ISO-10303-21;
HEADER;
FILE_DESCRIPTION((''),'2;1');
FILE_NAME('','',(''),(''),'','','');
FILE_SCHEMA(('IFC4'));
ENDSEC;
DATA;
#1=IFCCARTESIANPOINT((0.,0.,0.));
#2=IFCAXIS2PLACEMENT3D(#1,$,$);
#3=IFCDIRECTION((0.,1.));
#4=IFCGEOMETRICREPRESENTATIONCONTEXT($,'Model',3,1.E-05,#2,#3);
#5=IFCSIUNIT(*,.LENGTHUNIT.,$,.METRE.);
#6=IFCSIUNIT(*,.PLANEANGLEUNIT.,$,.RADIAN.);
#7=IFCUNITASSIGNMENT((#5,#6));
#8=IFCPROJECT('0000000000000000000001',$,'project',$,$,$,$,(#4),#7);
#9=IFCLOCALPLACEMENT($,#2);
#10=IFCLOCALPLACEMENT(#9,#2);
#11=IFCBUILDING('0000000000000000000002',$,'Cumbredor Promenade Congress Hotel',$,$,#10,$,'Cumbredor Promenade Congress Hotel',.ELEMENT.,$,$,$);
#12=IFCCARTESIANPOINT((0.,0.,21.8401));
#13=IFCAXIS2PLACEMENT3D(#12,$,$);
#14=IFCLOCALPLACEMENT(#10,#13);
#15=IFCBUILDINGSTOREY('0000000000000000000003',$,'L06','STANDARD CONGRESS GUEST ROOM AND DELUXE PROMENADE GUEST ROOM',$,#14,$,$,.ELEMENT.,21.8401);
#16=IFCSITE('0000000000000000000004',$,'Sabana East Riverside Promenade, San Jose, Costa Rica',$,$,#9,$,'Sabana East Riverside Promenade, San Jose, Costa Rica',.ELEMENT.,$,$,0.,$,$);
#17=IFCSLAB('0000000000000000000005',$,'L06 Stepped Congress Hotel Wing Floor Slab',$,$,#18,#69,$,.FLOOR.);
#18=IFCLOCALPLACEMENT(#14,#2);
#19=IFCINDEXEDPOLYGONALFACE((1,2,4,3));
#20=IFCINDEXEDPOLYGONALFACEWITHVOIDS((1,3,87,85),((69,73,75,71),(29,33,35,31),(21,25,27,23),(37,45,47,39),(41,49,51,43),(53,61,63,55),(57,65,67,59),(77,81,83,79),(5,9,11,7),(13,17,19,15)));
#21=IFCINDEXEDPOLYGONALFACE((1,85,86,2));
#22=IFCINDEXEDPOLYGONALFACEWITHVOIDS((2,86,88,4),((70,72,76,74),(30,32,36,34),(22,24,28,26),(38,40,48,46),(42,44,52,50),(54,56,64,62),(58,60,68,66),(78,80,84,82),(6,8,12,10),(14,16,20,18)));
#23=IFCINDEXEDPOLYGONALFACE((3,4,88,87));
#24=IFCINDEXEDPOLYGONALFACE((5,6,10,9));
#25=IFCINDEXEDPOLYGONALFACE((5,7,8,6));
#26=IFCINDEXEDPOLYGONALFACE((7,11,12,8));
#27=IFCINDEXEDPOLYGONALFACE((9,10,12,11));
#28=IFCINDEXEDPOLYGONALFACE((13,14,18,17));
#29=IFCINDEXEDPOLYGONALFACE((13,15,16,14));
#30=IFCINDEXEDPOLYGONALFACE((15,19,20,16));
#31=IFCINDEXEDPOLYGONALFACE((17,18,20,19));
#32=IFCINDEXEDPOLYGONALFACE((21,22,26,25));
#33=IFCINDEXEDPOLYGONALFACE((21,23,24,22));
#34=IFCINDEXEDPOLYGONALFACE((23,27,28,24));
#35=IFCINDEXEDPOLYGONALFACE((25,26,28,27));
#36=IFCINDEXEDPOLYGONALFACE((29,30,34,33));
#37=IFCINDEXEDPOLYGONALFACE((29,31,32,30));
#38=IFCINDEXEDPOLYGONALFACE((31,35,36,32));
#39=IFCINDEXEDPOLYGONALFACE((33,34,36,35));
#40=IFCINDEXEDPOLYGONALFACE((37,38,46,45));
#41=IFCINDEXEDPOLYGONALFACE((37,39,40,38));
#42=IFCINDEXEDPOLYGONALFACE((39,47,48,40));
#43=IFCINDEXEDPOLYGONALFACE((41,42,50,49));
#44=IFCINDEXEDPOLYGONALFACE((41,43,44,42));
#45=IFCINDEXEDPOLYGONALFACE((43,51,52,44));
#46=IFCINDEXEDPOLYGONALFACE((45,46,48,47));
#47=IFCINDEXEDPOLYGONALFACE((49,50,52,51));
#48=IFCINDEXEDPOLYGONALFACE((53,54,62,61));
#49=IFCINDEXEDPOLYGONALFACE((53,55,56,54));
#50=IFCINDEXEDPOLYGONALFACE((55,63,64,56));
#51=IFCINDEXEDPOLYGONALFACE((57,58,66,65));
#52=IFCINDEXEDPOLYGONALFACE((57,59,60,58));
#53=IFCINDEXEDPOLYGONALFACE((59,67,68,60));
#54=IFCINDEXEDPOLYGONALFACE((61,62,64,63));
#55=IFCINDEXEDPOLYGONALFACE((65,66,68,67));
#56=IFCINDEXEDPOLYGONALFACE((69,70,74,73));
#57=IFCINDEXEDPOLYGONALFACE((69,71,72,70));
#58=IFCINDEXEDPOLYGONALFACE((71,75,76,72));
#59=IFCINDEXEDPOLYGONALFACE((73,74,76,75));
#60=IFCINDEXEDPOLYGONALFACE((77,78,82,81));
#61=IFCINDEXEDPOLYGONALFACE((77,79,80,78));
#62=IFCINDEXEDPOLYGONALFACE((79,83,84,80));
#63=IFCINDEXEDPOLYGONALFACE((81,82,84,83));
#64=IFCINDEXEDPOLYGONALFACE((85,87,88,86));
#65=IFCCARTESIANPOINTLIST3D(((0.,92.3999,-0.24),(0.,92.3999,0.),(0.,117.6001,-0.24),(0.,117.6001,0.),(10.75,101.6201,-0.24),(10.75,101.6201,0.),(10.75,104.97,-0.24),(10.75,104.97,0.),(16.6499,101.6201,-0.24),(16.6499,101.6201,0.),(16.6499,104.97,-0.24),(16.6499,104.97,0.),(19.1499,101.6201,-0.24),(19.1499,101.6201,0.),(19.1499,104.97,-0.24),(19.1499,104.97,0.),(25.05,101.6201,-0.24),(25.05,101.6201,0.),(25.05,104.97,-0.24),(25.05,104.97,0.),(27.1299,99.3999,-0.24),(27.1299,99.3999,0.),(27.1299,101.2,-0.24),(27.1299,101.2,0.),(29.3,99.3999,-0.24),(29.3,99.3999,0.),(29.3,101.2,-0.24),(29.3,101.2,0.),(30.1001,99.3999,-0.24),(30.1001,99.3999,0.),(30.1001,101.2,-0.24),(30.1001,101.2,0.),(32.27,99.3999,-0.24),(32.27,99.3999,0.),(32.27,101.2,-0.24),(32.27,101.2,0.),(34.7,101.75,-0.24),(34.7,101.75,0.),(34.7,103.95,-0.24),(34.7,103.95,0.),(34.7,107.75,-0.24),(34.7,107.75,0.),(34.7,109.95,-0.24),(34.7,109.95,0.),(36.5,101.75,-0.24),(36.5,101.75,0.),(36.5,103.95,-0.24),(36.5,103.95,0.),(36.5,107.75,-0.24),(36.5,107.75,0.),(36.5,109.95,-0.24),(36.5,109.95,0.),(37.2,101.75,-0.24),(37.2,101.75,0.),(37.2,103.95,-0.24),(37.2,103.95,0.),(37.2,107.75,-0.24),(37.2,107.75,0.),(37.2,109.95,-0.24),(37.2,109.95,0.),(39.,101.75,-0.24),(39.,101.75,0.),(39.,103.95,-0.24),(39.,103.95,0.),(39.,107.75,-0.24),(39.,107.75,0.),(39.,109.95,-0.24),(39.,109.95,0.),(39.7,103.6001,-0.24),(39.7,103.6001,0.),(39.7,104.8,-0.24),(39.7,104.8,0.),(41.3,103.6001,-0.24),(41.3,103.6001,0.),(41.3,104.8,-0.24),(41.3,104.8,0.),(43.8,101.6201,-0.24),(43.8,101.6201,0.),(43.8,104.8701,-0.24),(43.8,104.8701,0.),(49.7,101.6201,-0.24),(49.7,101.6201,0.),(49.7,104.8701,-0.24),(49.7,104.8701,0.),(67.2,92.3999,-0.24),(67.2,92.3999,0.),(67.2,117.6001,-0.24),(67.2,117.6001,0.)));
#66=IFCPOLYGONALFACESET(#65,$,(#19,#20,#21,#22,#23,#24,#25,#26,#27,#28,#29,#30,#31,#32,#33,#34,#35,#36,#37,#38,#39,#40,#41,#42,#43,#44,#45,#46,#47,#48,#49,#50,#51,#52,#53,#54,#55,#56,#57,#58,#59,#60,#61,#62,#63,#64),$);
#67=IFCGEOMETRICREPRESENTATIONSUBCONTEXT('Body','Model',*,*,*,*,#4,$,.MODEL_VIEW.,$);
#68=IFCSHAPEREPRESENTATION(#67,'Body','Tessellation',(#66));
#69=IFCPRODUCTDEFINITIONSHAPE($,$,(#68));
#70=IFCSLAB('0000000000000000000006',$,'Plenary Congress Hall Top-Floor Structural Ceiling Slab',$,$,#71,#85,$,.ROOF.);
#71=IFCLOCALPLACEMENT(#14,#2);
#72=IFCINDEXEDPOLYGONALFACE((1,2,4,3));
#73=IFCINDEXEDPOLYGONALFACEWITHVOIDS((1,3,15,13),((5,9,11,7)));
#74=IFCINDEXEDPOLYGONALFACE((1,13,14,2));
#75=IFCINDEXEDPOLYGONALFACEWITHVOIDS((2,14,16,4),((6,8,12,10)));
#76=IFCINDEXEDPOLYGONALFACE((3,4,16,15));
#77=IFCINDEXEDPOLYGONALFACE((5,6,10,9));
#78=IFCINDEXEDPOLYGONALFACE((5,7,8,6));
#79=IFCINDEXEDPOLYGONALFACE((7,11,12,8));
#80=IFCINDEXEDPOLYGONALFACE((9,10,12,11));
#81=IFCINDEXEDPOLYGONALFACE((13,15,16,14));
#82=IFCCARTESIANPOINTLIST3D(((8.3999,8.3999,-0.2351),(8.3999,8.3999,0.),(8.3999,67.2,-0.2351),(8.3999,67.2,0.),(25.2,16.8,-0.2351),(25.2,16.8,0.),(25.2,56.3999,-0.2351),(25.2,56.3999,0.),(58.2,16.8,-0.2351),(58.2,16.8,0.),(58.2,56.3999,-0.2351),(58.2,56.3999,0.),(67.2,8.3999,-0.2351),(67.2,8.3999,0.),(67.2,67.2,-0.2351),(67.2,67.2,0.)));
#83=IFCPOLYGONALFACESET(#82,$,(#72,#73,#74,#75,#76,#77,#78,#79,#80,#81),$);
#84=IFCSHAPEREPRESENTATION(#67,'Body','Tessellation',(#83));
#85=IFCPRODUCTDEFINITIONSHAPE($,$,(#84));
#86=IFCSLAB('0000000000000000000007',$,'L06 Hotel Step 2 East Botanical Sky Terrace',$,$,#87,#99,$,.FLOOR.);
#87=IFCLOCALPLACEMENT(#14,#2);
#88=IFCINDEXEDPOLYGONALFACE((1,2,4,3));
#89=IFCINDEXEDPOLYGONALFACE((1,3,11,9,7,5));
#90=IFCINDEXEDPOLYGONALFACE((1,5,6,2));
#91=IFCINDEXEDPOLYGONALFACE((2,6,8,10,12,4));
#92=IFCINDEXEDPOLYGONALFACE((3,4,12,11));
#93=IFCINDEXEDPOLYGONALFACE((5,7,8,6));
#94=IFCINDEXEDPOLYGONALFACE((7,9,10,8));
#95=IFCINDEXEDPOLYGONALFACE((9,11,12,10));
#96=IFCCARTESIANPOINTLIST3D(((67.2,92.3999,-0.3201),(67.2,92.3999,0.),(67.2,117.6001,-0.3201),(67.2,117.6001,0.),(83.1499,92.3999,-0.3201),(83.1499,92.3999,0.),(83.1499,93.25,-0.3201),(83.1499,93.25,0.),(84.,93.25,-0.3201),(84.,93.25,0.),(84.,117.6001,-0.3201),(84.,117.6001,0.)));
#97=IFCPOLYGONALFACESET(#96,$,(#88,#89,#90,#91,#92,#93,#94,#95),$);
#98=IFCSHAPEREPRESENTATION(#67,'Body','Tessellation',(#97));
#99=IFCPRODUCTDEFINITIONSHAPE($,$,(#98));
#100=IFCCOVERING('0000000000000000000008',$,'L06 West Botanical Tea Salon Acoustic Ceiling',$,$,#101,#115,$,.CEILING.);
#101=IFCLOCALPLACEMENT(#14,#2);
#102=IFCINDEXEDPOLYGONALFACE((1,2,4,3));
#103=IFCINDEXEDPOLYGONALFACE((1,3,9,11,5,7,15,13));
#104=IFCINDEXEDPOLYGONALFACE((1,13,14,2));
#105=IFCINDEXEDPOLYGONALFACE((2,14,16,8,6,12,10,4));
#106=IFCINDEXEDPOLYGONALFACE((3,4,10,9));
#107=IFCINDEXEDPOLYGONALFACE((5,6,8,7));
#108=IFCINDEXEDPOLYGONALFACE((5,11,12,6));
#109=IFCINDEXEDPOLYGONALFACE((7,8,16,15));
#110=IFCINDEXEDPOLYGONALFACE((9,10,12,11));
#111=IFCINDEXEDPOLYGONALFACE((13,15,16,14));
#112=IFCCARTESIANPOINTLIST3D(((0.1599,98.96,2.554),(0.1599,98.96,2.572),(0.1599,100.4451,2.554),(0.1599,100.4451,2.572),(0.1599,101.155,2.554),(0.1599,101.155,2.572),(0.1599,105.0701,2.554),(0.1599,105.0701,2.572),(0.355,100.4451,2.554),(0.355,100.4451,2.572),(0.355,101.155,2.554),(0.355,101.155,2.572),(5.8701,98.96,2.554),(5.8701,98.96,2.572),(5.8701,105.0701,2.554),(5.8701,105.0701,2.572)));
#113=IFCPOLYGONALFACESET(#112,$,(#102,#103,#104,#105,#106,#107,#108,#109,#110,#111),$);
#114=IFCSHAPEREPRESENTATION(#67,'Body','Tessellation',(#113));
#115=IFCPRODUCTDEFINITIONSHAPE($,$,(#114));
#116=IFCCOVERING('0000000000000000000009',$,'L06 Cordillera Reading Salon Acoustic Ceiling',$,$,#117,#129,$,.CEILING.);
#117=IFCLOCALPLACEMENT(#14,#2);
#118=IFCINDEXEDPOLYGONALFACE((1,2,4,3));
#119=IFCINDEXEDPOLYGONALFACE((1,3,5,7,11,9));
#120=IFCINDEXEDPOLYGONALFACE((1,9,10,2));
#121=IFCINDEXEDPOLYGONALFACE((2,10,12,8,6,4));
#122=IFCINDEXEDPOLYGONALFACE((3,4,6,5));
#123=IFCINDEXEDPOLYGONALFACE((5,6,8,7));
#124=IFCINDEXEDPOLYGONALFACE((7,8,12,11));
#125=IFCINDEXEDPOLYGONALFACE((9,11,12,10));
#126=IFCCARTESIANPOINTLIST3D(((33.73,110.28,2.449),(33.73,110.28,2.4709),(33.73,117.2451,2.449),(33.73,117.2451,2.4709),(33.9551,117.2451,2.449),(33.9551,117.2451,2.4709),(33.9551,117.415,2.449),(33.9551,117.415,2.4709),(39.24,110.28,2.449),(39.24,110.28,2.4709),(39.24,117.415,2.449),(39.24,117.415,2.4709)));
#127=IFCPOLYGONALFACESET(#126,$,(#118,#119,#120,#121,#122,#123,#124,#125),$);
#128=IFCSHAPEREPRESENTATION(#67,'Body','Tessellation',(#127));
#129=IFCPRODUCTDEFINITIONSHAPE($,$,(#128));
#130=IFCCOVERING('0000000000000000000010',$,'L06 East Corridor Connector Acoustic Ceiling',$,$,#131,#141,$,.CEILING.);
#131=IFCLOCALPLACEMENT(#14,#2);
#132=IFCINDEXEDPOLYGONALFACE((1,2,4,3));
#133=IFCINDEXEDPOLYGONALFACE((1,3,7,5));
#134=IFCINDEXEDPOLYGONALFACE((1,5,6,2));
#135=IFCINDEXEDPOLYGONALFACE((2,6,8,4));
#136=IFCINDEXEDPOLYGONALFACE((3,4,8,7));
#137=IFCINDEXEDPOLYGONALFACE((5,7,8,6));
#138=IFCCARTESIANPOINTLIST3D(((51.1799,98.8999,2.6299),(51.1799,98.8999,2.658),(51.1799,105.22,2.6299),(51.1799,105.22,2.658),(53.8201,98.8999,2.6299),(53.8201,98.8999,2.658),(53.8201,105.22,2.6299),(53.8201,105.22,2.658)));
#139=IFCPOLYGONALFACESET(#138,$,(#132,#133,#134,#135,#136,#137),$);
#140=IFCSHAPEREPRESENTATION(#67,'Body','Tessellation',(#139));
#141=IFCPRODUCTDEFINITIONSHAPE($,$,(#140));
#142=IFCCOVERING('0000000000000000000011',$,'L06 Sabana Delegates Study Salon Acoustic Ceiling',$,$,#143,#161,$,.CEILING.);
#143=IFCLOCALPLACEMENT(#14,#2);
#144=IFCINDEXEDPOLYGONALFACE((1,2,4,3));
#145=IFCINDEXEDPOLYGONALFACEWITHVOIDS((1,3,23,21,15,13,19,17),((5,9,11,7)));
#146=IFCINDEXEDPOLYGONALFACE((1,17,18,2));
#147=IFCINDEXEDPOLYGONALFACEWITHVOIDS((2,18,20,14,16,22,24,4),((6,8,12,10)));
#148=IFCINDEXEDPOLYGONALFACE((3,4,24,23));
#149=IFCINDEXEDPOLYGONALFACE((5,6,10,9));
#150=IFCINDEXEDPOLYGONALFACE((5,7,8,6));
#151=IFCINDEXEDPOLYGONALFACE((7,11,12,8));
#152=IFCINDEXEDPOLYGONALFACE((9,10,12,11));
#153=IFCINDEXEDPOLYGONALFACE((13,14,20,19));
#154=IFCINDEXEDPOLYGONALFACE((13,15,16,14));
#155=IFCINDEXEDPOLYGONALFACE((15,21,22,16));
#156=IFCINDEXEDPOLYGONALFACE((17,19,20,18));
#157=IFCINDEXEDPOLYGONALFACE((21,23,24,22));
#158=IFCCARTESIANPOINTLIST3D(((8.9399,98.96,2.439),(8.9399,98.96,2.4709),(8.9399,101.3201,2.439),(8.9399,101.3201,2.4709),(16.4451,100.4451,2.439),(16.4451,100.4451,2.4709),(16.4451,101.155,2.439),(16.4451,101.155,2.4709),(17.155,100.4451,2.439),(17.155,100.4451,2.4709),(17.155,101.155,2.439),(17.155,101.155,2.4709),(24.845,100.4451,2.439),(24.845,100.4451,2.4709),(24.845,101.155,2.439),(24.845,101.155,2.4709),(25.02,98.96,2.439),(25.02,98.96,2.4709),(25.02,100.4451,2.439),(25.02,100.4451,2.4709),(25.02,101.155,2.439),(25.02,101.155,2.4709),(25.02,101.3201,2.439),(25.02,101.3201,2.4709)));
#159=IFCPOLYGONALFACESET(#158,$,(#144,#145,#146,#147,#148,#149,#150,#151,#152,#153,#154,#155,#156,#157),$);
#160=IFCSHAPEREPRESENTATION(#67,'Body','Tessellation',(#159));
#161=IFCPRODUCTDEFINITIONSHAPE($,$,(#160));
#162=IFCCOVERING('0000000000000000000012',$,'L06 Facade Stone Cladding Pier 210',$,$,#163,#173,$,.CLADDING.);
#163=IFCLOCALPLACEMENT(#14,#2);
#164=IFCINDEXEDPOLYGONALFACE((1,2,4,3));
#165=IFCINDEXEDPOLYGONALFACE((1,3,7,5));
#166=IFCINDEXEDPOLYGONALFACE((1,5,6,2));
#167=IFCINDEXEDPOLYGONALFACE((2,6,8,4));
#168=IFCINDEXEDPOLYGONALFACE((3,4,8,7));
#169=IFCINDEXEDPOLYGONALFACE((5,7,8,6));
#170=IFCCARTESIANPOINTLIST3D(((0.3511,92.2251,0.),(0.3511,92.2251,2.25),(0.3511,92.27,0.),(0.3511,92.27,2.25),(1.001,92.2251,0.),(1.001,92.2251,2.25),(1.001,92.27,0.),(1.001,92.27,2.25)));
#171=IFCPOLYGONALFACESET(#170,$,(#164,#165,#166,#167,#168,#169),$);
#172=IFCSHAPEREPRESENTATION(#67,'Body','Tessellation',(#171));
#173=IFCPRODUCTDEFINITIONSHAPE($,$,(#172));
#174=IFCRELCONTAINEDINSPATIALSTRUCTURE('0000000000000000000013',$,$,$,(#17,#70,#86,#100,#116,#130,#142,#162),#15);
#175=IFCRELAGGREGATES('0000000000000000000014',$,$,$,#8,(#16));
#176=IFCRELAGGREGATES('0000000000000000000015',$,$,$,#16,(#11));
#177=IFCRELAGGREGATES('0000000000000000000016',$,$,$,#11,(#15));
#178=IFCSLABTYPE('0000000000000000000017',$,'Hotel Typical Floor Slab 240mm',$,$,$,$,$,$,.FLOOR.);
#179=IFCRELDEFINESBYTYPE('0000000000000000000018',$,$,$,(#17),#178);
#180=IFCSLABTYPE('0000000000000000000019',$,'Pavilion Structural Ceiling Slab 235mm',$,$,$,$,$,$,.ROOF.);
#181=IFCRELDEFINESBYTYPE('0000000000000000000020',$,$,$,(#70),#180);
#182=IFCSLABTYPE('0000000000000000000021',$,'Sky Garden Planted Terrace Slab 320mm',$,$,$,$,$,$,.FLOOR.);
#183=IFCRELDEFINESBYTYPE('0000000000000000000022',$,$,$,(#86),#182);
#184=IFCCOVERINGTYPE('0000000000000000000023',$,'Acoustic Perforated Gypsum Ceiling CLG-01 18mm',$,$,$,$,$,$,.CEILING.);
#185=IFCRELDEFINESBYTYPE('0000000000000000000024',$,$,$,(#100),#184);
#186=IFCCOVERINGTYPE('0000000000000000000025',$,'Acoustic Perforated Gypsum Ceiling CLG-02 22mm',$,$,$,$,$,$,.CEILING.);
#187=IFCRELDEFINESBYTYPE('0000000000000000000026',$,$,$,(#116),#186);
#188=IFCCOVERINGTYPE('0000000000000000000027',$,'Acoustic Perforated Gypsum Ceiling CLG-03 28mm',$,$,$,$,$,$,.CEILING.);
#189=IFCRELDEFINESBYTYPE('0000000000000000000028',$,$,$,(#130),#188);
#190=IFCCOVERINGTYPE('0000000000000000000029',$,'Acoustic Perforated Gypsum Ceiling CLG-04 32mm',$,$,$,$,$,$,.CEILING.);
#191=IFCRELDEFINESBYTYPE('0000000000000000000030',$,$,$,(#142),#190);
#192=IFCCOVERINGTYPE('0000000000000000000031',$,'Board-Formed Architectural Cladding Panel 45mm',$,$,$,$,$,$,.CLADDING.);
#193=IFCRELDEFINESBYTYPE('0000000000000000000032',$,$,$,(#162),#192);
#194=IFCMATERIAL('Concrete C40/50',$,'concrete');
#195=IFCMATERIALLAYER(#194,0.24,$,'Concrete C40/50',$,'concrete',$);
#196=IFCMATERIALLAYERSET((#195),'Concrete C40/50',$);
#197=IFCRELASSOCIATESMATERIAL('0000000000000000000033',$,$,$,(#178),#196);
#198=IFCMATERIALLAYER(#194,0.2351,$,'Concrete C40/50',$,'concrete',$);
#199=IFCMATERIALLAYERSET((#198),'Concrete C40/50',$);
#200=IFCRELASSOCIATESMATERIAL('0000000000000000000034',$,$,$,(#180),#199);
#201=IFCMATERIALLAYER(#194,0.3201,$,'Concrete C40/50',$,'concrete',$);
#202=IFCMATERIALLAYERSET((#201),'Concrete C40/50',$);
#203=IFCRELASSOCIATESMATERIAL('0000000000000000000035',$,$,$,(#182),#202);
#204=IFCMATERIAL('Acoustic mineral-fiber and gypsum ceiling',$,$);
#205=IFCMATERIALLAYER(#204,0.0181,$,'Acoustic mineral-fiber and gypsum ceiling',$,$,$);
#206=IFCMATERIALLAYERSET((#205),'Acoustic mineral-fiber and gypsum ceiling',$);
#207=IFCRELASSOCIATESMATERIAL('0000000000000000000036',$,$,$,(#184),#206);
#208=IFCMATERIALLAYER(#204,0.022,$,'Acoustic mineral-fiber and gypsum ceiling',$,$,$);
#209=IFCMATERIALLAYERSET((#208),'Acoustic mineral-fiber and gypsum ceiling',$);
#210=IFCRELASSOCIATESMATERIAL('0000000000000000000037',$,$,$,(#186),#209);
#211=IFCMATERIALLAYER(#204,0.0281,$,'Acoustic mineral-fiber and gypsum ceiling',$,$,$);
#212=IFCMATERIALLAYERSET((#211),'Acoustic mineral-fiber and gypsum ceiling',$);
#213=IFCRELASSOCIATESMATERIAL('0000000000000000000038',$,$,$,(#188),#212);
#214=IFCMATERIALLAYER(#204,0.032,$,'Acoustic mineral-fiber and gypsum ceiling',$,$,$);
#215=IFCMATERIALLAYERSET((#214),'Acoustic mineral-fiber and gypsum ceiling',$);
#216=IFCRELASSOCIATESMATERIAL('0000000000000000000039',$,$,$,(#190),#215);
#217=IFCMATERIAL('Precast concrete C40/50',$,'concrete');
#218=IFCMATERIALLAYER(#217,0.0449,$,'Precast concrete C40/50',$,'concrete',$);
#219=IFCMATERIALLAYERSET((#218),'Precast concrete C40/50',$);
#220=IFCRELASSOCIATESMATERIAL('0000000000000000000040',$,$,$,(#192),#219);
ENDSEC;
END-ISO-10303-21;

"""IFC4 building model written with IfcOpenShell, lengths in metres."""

from ifc_helpers import new_model, si_unit, direction, frame, origin, place, context, subcontext, project, spatial, polyline, outline, extrude, material, layer, layer_set, type_object, element, save


model = new_model("IFC4")

# Units and contexts
model_context = context("Model", 3, precision=1e-05, world=origin(), true_north=direction((0.0, 1.0)))
body_context = subcontext(model_context, "Body", "Model", "MODEL_VIEW")
ifc_project = project(units=[si_unit("LENGTHUNIT", "METRE"), si_unit("PLANEANGLEUNIT", "RADIAN")], contexts=[model_context])

# Site, building, storey
site_placement = place(None, origin())
site = spatial("IfcSite", under=ifc_project, at=site_placement, Name="Sabana East Riverside Promenade, San Jose, Costa Rica", LongName="Sabana East Riverside Promenade, San Jose, Costa Rica", CompositionType="ELEMENT", RefElevation=0.0)
building_placement = place(site_placement, origin())
building = spatial("IfcBuilding", under=site, at=building_placement, Name="Cumbredor Promenade Congress Hotel", LongName="Cumbredor Promenade Congress Hotel", CompositionType="ELEMENT")
storey_placement = place(building_placement, frame((0.0, 0.0, 21.8401)))
storey = spatial("IfcBuildingStorey", under=building, at=storey_placement, Name="L06", Description="STANDARD CONGRESS GUEST ROOM AND DELUXE PROMENADE GUEST ROOM", CompositionType="ELEMENT", Elevation=21.8401)

# Shared definitions
ifc_material_1 = material(Name="Concrete C40/50", Category="concrete")

# Slabs
ifc_layer_1 = layer(ifc_material_1, 0.24, Name="Concrete C40/50", Category="concrete")
ifc_layer_set_1 = layer_set([ifc_layer_1], Name="Concrete C40/50")
slab_type_1 = type_object("IfcSlabType", Name="Hotel Typical Floor Slab 240mm", PredefinedType="FLOOR", material=ifc_layer_set_1)
slab_1_placement = place(storey_placement, frame((0.0, 0.0, -0.24)))
element("IfcSlab", 1, at=slab_1_placement, inside=storey, type_object=slab_type_1, Name="L06 Stepped Congress Hotel Wing Floor Slab", PredefinedType="FLOOR", context=body_context, shape_type="SweptSolid", body=[
    extrude(outline(polyline([(0.0, 92.3999), (67.2, 92.3999), (67.2, 117.6001), (0.0, 117.6001), (0.0, 92.3999)]), holes=[polyline([(10.75, 101.6201), (16.6499, 101.6201), (16.6499, 104.97), (10.75, 104.97), (10.75, 101.6201)]), polyline([(19.1499, 101.6201), (25.05, 101.6201), (25.05, 104.97), (19.1499, 104.97), (19.1499, 101.6201)]), polyline([(43.8, 101.6201), (49.7, 101.6201), (49.7, 104.8701), (43.8, 104.8701), (43.8, 101.6201)]), polyline([(27.1299, 99.3999), (29.3, 99.3999), (29.3, 101.2), (27.1299, 101.2), (27.1299, 99.3999)]), polyline([(30.1001, 99.3999), (32.27, 99.3999), (32.27, 101.2), (30.1001, 101.2), (30.1001, 99.3999)]), polyline([(34.7, 107.75), (36.5, 107.75), (36.5, 109.95), (34.7, 109.95), (34.7, 107.75)]), polyline([(37.2, 107.75), (39.0, 107.75), (39.0, 109.95), (37.2, 109.95), (37.2, 107.75)]), polyline([(34.7, 101.75), (36.5, 101.75), (36.5, 103.95), (34.7, 103.95), (34.7, 101.75)]), polyline([(37.2, 101.75), (39.0, 101.75), (39.0, 103.95), (37.2, 103.95), (37.2, 101.75)]), polyline([(39.7, 103.6001), (41.3, 103.6001), (41.3, 104.8), (39.7, 104.8), (39.7, 103.6001)])]), origin(), (0.0, 0.0, 1.0), 0.24),
])
ifc_layer_2 = layer(ifc_material_1, 0.2351, Name="Concrete C40/50", Category="concrete")
ifc_layer_set_2 = layer_set([ifc_layer_2], Name="Concrete C40/50")
slab_type_2 = type_object("IfcSlabType", Name="Pavilion Structural Ceiling Slab 235mm", PredefinedType="ROOF", material=ifc_layer_set_2)
slab_2_placement = place(storey_placement, frame((0.0, 0.0, -0.2351)))
element("IfcSlab", 2, at=slab_2_placement, inside=storey, type_object=slab_type_2, Name="Plenary Congress Hall Top-Floor Structural Ceiling Slab", PredefinedType="ROOF", context=body_context, shape_type="SweptSolid", body=[
    extrude(outline(polyline([(8.3999, 8.3999), (67.2, 8.3999), (67.2, 67.2), (8.3999, 67.2), (8.3999, 8.3999)]), holes=[polyline([(25.2, 16.8), (58.2, 16.8), (58.2, 56.3999), (25.2, 56.3999), (25.2, 16.8)])]), origin(), (0.0, 0.0, 1.0), 0.2351),
])
ifc_layer_3 = layer(ifc_material_1, 0.3201, Name="Concrete C40/50", Category="concrete")
ifc_layer_set_3 = layer_set([ifc_layer_3], Name="Concrete C40/50")
slab_type_3 = type_object("IfcSlabType", Name="Sky Garden Planted Terrace Slab 320mm", PredefinedType="FLOOR", material=ifc_layer_set_3)
slab_3_placement = place(storey_placement, frame((0.0, 0.0, -0.3201)))
element("IfcSlab", 3, at=slab_3_placement, inside=storey, type_object=slab_type_3, Name="L06 Hotel Step 2 East Botanical Sky Terrace", PredefinedType="FLOOR", context=body_context, shape_type="SweptSolid", body=[
    extrude(outline(polyline([(67.2, 92.3999), (83.1499, 92.3999), (83.1499, 93.25), (84.0, 93.25), (84.0, 117.6001), (67.2, 117.6001), (67.2, 92.3999)])), origin(), (0.0, 0.0, 1.0), 0.3201),
])

# Coverings
ifc_material_2 = material(Name="Acoustic mineral-fiber and gypsum ceiling")
ifc_layer_4 = layer(ifc_material_2, 0.0181, Name="Acoustic mineral-fiber and gypsum ceiling")
ifc_layer_set_4 = layer_set([ifc_layer_4], Name="Acoustic mineral-fiber and gypsum ceiling")
covering_type_1 = type_object("IfcCoveringType", Name="Acoustic Perforated Gypsum Ceiling CLG-01 18mm", PredefinedType="CEILING", material=ifc_layer_set_4)
covering_1_placement = place(storey_placement, frame((0.0, 0.0, 2.554)))
element("IfcCovering", 4, at=covering_1_placement, inside=storey, type_object=covering_type_1, Name="L06 West Botanical Tea Salon Acoustic Ceiling", PredefinedType="CEILING", context=body_context, shape_type="SweptSolid", body=[
    extrude(outline(polyline([(0.1599, 105.0701), (5.8701, 105.0701), (5.8701, 98.96), (0.1599, 98.96), (0.1599, 100.4451), (0.355, 100.4451), (0.355, 101.155), (0.1599, 101.155), (0.1599, 105.0701)])), origin(), (0.0, 0.0, 1.0), 0.0181),
])
ifc_layer_5 = layer(ifc_material_2, 0.022, Name="Acoustic mineral-fiber and gypsum ceiling")
ifc_layer_set_5 = layer_set([ifc_layer_5], Name="Acoustic mineral-fiber and gypsum ceiling")
covering_type_2 = type_object("IfcCoveringType", Name="Acoustic Perforated Gypsum Ceiling CLG-02 22mm", PredefinedType="CEILING", material=ifc_layer_set_5)
covering_2_placement = place(storey_placement, frame((0.0, 0.0, 2.449)))
element("IfcCovering", 5, at=covering_2_placement, inside=storey, type_object=covering_type_2, Name="L06 Cordillera Reading Salon Acoustic Ceiling", PredefinedType="CEILING", context=body_context, shape_type="SweptSolid", body=[
    extrude(outline(polyline([(39.24, 117.415), (39.24, 110.28), (33.73, 110.28), (33.73, 117.2451), (33.9551, 117.2451), (33.9551, 117.415), (39.24, 117.415)])), origin(), (0.0, 0.0, 1.0), 0.022),
])
ifc_layer_6 = layer(ifc_material_2, 0.0281, Name="Acoustic mineral-fiber and gypsum ceiling")
ifc_layer_set_6 = layer_set([ifc_layer_6], Name="Acoustic mineral-fiber and gypsum ceiling")
covering_type_3 = type_object("IfcCoveringType", Name="Acoustic Perforated Gypsum Ceiling CLG-03 28mm", PredefinedType="CEILING", material=ifc_layer_set_6)
covering_3_placement = place(storey_placement, frame((0.0, 0.0, 2.6299)))
element("IfcCovering", 6, at=covering_3_placement, inside=storey, type_object=covering_type_3, Name="L06 East Corridor Connector Acoustic Ceiling", PredefinedType="CEILING", context=body_context, shape_type="SweptSolid", body=[
    extrude(outline(polyline([(53.8201, 98.8999), (53.8201, 105.22), (51.1799, 105.22), (51.1799, 98.8999), (53.8201, 98.8999)])), origin(), (0.0, 0.0, 1.0), 0.0281),
])
ifc_layer_7 = layer(ifc_material_2, 0.032, Name="Acoustic mineral-fiber and gypsum ceiling")
ifc_layer_set_7 = layer_set([ifc_layer_7], Name="Acoustic mineral-fiber and gypsum ceiling")
covering_type_4 = type_object("IfcCoveringType", Name="Acoustic Perforated Gypsum Ceiling CLG-04 32mm", PredefinedType="CEILING", material=ifc_layer_set_7)
covering_4_placement = place(storey_placement, frame((0.0, 0.0, 2.439)))
element("IfcCovering", 7, at=covering_4_placement, inside=storey, type_object=covering_type_4, Name="L06 Sabana Delegates Study Salon Acoustic Ceiling", PredefinedType="CEILING", context=body_context, shape_type="SweptSolid", body=[
    extrude(outline(polyline([(8.9399, 101.3201), (25.02, 101.3201), (25.02, 101.155), (24.845, 101.155), (24.845, 100.4451), (25.02, 100.4451), (25.02, 98.96), (8.9399, 98.96), (8.9399, 101.3201)]), holes=[polyline([(16.4451, 101.155), (16.4451, 100.4451), (17.155, 100.4451), (17.155, 101.155), (16.4451, 101.155)])]), origin(), (0.0, 0.0, 1.0), 0.032),
])
ifc_material_3 = material(Name="Precast concrete C40/50", Category="concrete")
ifc_layer_8 = layer(ifc_material_3, 0.0449, Name="Precast concrete C40/50", Category="concrete")
ifc_layer_set_8 = layer_set([ifc_layer_8], Name="Precast concrete C40/50")
covering_type_5 = type_object("IfcCoveringType", Name="Board-Formed Architectural Cladding Panel 45mm", PredefinedType="CLADDING", material=ifc_layer_set_8)
covering_5_placement = place(storey_placement, origin())
element("IfcCovering", 8, at=covering_5_placement, inside=storey, type_object=covering_type_5, Name="L06 Facade Stone Cladding Pier 210", PredefinedType="CLADDING", context=body_context, shape_type="SweptSolid", body=[
    extrude(outline(polyline([(0.3511, 92.27), (1.001, 92.27), (1.001, 92.2251), (0.3511, 92.2251), (0.3511, 92.27)])), origin(), (0.0, 0.0, 1.0), 2.25),
])

save(model, "model.ifc")
